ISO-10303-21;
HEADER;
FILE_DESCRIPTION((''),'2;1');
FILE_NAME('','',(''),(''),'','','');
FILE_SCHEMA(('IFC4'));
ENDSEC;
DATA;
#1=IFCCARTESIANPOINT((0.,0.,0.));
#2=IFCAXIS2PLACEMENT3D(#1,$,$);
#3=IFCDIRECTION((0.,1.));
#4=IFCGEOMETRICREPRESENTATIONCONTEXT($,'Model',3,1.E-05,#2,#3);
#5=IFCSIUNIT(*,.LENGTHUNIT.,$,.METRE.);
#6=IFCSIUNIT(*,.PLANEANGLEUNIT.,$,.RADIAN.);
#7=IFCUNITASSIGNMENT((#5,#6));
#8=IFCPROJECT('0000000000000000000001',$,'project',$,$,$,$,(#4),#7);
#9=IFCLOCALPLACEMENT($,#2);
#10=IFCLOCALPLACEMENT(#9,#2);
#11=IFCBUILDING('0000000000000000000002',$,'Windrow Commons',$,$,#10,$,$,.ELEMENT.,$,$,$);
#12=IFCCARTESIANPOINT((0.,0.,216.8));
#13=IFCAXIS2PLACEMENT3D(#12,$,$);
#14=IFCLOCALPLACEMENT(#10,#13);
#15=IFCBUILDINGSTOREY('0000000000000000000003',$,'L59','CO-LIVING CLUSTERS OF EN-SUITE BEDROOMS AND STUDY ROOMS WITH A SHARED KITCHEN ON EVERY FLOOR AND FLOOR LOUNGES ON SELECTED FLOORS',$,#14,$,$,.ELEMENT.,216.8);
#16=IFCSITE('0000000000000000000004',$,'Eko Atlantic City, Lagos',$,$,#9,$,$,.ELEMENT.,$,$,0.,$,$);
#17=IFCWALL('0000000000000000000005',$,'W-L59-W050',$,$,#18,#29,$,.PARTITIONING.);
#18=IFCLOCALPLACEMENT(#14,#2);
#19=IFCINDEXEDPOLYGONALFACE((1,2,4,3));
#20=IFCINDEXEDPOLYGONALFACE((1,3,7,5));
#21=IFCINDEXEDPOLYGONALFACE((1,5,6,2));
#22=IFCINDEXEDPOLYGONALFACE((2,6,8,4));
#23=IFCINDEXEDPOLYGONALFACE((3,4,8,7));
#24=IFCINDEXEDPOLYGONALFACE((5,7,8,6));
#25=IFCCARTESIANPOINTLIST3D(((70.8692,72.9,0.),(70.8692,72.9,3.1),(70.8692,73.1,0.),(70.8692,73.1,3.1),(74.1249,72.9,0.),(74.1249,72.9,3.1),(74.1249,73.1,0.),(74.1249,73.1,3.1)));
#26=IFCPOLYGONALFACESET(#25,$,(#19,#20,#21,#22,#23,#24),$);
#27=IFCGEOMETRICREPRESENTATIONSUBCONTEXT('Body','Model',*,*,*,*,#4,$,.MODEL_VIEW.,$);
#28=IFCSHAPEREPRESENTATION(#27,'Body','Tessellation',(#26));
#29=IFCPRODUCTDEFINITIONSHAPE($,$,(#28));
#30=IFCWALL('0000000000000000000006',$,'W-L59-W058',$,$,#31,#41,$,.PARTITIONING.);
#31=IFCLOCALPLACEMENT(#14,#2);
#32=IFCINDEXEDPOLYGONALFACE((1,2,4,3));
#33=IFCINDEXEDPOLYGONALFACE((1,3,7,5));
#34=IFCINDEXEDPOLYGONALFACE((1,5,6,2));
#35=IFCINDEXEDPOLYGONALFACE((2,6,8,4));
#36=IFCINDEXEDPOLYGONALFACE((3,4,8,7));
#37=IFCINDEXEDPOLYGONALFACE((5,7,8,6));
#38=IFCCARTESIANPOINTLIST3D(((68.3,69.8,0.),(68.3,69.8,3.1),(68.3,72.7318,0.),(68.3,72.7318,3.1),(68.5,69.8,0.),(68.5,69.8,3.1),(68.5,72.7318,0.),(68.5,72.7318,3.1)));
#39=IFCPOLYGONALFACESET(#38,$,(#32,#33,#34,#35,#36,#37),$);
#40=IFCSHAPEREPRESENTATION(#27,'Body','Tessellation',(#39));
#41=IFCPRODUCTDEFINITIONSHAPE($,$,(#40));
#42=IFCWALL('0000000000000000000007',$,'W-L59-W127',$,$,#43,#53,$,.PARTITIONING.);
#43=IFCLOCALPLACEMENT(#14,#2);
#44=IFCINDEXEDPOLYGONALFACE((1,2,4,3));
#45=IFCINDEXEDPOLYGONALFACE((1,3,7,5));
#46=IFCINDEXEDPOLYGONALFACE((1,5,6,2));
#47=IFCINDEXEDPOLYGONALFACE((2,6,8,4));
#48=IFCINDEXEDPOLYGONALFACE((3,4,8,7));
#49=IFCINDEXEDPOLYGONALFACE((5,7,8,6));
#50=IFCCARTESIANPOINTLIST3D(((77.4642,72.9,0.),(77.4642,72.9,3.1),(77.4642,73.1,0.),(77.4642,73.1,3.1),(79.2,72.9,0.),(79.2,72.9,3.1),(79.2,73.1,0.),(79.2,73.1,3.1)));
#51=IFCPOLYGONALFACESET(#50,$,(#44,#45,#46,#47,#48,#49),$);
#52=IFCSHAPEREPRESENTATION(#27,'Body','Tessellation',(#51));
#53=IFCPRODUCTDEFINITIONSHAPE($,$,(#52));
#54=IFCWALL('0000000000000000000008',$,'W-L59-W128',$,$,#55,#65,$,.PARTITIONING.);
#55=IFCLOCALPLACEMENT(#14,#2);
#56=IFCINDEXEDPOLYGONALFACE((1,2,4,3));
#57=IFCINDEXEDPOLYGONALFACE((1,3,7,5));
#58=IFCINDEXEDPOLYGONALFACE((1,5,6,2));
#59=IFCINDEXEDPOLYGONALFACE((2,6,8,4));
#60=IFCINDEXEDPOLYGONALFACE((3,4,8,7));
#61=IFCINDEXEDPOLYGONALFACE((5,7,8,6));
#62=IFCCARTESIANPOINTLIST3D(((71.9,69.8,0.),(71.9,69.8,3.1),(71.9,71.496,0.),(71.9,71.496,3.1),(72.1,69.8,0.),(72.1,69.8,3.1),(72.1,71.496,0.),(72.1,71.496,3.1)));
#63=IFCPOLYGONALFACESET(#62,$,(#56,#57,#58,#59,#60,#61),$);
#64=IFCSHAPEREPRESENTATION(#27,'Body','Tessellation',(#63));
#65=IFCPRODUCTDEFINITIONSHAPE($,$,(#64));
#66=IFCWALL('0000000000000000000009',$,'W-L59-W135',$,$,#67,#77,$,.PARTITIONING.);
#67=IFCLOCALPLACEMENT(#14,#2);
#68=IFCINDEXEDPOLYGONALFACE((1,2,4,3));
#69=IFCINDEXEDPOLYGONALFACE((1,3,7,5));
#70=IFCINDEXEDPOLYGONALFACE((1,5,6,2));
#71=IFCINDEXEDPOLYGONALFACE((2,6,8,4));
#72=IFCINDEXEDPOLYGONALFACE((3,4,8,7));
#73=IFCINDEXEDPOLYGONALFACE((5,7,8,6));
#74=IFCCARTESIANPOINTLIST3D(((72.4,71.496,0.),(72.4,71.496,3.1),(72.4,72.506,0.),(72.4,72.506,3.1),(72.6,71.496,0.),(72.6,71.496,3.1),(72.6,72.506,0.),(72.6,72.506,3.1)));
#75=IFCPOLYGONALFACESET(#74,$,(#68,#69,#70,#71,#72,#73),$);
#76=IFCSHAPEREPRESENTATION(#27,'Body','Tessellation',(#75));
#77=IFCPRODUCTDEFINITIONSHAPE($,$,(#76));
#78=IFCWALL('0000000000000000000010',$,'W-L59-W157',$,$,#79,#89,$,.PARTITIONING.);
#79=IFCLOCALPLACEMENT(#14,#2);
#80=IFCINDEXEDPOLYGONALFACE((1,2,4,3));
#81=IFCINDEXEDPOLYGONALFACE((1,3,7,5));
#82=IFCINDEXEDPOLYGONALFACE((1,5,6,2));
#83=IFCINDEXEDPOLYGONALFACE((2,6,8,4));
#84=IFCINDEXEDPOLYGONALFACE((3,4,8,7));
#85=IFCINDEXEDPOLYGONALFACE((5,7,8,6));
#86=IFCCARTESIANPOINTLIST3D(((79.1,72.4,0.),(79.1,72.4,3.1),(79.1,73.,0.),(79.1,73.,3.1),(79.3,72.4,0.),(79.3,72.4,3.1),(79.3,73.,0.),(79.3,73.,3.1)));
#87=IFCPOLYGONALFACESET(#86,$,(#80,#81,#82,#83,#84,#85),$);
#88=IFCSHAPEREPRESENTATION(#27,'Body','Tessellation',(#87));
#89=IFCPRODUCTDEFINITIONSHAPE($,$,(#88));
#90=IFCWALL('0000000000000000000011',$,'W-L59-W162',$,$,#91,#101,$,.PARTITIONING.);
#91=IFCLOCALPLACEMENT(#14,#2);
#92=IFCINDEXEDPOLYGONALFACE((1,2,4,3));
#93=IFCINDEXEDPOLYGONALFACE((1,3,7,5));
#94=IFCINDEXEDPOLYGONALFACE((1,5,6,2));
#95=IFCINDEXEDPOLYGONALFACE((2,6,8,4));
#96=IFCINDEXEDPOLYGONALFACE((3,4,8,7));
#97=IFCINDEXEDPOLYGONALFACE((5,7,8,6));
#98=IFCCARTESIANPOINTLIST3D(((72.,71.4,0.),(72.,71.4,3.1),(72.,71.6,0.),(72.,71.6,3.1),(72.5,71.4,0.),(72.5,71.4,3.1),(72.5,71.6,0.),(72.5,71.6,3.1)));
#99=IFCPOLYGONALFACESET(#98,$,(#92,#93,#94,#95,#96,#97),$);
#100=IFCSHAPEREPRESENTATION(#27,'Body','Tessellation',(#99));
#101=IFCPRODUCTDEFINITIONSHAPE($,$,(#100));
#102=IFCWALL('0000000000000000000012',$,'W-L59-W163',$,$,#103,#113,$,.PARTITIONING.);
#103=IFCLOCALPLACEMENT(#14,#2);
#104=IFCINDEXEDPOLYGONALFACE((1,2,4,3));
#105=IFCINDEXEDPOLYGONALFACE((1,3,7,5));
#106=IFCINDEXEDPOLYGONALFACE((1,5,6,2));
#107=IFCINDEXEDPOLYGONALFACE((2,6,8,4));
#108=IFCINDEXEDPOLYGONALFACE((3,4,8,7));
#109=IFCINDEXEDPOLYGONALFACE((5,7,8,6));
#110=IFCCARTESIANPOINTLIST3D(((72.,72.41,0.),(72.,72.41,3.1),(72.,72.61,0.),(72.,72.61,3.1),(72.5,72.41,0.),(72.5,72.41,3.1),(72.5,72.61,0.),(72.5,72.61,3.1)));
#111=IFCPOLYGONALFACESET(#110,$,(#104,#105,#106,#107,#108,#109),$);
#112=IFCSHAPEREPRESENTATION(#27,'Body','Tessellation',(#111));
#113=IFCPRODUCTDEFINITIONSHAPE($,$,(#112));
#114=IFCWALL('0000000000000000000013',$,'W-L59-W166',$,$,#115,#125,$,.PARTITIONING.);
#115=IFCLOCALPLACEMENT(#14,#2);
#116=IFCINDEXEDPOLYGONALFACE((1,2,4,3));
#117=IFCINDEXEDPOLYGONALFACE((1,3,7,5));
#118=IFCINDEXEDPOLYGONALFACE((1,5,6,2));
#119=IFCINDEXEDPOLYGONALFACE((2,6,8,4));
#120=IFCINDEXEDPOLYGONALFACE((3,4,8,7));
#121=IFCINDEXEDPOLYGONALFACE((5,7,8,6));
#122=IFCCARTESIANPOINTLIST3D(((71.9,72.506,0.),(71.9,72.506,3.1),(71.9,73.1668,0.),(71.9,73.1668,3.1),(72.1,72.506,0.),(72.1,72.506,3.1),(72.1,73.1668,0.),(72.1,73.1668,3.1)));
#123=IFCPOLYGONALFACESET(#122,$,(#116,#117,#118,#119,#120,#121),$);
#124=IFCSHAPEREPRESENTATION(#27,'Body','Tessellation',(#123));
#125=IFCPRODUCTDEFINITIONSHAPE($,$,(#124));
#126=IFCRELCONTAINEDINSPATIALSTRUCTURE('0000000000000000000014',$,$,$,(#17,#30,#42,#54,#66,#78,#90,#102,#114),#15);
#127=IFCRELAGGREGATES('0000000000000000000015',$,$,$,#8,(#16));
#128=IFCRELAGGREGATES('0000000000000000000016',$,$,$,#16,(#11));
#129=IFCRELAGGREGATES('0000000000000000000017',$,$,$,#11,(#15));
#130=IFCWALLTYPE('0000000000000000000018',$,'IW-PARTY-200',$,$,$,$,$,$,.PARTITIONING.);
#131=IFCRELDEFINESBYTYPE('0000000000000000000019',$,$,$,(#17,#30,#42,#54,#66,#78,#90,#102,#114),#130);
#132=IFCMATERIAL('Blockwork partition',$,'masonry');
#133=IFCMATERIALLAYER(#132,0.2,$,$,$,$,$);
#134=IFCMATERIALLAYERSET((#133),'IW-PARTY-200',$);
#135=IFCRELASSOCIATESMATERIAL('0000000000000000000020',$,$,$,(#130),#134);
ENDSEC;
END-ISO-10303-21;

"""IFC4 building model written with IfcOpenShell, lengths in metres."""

from ifc_helpers import new_model, si_unit, direction, frame, frame_2d, origin, place, context, subcontext, project, spatial, rectangle, extrude, material, layer, layer_set, type_object, element, save


model = new_model("IFC4")

# Units and contexts
model_context = context("Model", 3, precision=1e-05, world=origin(), true_north=direction((0.0, 1.0)))
body_context = subcontext(model_context, "Body", "Model", "MODEL_VIEW")
ifc_project = project(units=[si_unit("LENGTHUNIT", "METRE"), si_unit("PLANEANGLEUNIT", "RADIAN")], contexts=[model_context])

# Site, building, storey
site_placement = place(None, origin())
site = spatial("IfcSite", under=ifc_project, at=site_placement, Name="Eko Atlantic City, Lagos", CompositionType="ELEMENT", RefElevation=0.0)
building_placement = place(site_placement, origin())
building = spatial("IfcBuilding", under=site, at=building_placement, Name="Windrow Commons", CompositionType="ELEMENT")
storey_placement = place(building_placement, frame((0.0, 0.0, 216.8)))
storey = spatial("IfcBuildingStorey", under=building, at=storey_placement, Name="L59", Description="CO-LIVING CLUSTERS OF EN-SUITE BEDROOMS AND STUDY ROOMS WITH A SHARED KITCHEN ON EVERY FLOOR AND FLOOR LOUNGES ON SELECTED FLOORS", CompositionType="ELEMENT", Elevation=216.8)

# Walls
ifc_material_1 = material(Name="Blockwork partition", Category="masonry")
ifc_layer_1 = layer(ifc_material_1, 0.2)
ifc_layer_set_1 = layer_set([ifc_layer_1], Name="IW-PARTY-200")
wall_type_1 = type_object("IfcWallType", Name="IW-PARTY-200", PredefinedType="PARTITIONING", material=ifc_layer_set_1)
wall_1_placement = place(storey_placement, frame((70.8691, 73.0, 0.0), z_axis=(0.0, 0.0, 1.0), x_axis=(1.0, 0.0, 0.0)))
element("IfcWall", 1, at=wall_1_placement, inside=storey, type_object=wall_type_1, Name="W-L59-W050", PredefinedType="PARTITIONING", context=body_context, shape_type="SweptSolid", body=[
    extrude(rectangle(XDim=3.2557, YDim=0.2, at=frame_2d((1.6279, 0.0))), origin(), (0.0, 0.0, 1.0), 3.1),
])
wall_2_placement = place(storey_placement, frame((68.4, 69.8, 0.0), z_axis=(0.0, 0.0, 1.0), x_axis=(0.0, 1.0, 0.0)))
element("IfcWall", 2, at=wall_2_placement, inside=storey, type_object=wall_type_1, Name="W-L59-W058", PredefinedType="PARTITIONING", context=body_context, shape_type="SweptSolid", body=[
    extrude(rectangle(XDim=2.9318, YDim=0.2, at=frame_2d((1.4659, 0.0))), origin(), (0.0, 0.0, 1.0), 3.1),
])
wall_3_placement = place(storey_placement, frame((77.4642, 73.0, 0.0), z_axis=(0.0, 0.0, 1.0), x_axis=(1.0, 0.0, 0.0)))
element("IfcWall", 3, at=wall_3_placement, inside=storey, type_object=wall_type_1, Name="W-L59-W127", PredefinedType="PARTITIONING", context=body_context, shape_type="SweptSolid", body=[
    extrude(rectangle(XDim=1.7358, YDim=0.2, at=frame_2d((0.8679, 0.0))), origin(), (0.0, 0.0, 1.0), 3.1),
])
wall_4_placement = place(storey_placement, frame((72.0, 69.8, 0.0), z_axis=(0.0, 0.0, 1.0), x_axis=(0.0, 1.0, 0.0)))
element("IfcWall", 4, at=wall_4_placement, inside=storey, type_object=wall_type_1, Name="W-L59-W128", PredefinedType="PARTITIONING", context=body_context, shape_type="SweptSolid", body=[
    extrude(rectangle(XDim=1.696, YDim=0.2, at=frame_2d((0.848, 0.0))), origin(), (0.0, 0.0, 1.0), 3.1),
])
wall_5_placement = place(storey_placement, frame((72.5, 71.496, 0.0), z_axis=(0.0, 0.0, 1.0), x_axis=(0.0, 1.0, 0.0)))
element("IfcWall", 5, at=wall_5_placement, inside=storey, type_object=wall_type_1, Name="W-L59-W135", PredefinedType="PARTITIONING", context=body_context, shape_type="SweptSolid", body=[
    extrude(rectangle(XDim=1.01, YDim=0.2, at=frame_2d((0.505, 0.0))), origin(), (0.0, 0.0, 1.0), 3.1),
])
wall_6_placement = place(storey_placement, frame((79.2, 72.4, 0.0), z_axis=(0.0, 0.0, 1.0), x_axis=(0.0, 1.0, 0.0)))
element("IfcWall", 6, at=wall_6_placement, inside=storey, type_object=wall_type_1, Name="W-L59-W157", PredefinedType="PARTITIONING", context=body_context, shape_type="SweptSolid", body=[
    extrude(rectangle(XDim=0.6, YDim=0.2, at=frame_2d((0.3, 0.0))), origin(), (0.0, 0.0, 1.0), 3.1),
])
for number, where, z_axis, x_axis, name in (
    (7, (72.0, 71.5, 0.0), (0.0, 0.0, 1.0), (1.0, 0.0, 0.0), "W-L59-W162"),
    (8, (72.0, 72.51, 0.0), (0.0, 0.0, 1.0), (1.0, 0.0, 0.0), "W-L59-W163"),
):
    element("IfcWall", number, at=place(storey_placement, frame(where, z_axis=z_axis, x_axis=x_axis)), inside=storey, type_object=wall_type_1, Name=name, PredefinedType="PARTITIONING", context=body_context, shape_type="SweptSolid", body=[
        extrude(rectangle(XDim=0.5, YDim=0.2, at=frame_2d((0.25, 0.0))), origin(), (0.0, 0.0, 1.0), 3.1),
    ])
wall_7_placement = place(storey_placement, frame((72.0, 72.506, 0.0), z_axis=(0.0, 0.0, 1.0), x_axis=(0.0, 1.0, 0.0)))
element("IfcWall", 9, at=wall_7_placement, inside=storey, type_object=wall_type_1, Name="W-L59-W166", PredefinedType="PARTITIONING", context=body_context, shape_type="SweptSolid", body=[
    extrude(rectangle(XDim=0.6608, YDim=0.2, at=frame_2d((0.3304, 0.0))), origin(), (0.0, 0.0, 1.0), 3.1),
])

save(model, "model.ifc")
